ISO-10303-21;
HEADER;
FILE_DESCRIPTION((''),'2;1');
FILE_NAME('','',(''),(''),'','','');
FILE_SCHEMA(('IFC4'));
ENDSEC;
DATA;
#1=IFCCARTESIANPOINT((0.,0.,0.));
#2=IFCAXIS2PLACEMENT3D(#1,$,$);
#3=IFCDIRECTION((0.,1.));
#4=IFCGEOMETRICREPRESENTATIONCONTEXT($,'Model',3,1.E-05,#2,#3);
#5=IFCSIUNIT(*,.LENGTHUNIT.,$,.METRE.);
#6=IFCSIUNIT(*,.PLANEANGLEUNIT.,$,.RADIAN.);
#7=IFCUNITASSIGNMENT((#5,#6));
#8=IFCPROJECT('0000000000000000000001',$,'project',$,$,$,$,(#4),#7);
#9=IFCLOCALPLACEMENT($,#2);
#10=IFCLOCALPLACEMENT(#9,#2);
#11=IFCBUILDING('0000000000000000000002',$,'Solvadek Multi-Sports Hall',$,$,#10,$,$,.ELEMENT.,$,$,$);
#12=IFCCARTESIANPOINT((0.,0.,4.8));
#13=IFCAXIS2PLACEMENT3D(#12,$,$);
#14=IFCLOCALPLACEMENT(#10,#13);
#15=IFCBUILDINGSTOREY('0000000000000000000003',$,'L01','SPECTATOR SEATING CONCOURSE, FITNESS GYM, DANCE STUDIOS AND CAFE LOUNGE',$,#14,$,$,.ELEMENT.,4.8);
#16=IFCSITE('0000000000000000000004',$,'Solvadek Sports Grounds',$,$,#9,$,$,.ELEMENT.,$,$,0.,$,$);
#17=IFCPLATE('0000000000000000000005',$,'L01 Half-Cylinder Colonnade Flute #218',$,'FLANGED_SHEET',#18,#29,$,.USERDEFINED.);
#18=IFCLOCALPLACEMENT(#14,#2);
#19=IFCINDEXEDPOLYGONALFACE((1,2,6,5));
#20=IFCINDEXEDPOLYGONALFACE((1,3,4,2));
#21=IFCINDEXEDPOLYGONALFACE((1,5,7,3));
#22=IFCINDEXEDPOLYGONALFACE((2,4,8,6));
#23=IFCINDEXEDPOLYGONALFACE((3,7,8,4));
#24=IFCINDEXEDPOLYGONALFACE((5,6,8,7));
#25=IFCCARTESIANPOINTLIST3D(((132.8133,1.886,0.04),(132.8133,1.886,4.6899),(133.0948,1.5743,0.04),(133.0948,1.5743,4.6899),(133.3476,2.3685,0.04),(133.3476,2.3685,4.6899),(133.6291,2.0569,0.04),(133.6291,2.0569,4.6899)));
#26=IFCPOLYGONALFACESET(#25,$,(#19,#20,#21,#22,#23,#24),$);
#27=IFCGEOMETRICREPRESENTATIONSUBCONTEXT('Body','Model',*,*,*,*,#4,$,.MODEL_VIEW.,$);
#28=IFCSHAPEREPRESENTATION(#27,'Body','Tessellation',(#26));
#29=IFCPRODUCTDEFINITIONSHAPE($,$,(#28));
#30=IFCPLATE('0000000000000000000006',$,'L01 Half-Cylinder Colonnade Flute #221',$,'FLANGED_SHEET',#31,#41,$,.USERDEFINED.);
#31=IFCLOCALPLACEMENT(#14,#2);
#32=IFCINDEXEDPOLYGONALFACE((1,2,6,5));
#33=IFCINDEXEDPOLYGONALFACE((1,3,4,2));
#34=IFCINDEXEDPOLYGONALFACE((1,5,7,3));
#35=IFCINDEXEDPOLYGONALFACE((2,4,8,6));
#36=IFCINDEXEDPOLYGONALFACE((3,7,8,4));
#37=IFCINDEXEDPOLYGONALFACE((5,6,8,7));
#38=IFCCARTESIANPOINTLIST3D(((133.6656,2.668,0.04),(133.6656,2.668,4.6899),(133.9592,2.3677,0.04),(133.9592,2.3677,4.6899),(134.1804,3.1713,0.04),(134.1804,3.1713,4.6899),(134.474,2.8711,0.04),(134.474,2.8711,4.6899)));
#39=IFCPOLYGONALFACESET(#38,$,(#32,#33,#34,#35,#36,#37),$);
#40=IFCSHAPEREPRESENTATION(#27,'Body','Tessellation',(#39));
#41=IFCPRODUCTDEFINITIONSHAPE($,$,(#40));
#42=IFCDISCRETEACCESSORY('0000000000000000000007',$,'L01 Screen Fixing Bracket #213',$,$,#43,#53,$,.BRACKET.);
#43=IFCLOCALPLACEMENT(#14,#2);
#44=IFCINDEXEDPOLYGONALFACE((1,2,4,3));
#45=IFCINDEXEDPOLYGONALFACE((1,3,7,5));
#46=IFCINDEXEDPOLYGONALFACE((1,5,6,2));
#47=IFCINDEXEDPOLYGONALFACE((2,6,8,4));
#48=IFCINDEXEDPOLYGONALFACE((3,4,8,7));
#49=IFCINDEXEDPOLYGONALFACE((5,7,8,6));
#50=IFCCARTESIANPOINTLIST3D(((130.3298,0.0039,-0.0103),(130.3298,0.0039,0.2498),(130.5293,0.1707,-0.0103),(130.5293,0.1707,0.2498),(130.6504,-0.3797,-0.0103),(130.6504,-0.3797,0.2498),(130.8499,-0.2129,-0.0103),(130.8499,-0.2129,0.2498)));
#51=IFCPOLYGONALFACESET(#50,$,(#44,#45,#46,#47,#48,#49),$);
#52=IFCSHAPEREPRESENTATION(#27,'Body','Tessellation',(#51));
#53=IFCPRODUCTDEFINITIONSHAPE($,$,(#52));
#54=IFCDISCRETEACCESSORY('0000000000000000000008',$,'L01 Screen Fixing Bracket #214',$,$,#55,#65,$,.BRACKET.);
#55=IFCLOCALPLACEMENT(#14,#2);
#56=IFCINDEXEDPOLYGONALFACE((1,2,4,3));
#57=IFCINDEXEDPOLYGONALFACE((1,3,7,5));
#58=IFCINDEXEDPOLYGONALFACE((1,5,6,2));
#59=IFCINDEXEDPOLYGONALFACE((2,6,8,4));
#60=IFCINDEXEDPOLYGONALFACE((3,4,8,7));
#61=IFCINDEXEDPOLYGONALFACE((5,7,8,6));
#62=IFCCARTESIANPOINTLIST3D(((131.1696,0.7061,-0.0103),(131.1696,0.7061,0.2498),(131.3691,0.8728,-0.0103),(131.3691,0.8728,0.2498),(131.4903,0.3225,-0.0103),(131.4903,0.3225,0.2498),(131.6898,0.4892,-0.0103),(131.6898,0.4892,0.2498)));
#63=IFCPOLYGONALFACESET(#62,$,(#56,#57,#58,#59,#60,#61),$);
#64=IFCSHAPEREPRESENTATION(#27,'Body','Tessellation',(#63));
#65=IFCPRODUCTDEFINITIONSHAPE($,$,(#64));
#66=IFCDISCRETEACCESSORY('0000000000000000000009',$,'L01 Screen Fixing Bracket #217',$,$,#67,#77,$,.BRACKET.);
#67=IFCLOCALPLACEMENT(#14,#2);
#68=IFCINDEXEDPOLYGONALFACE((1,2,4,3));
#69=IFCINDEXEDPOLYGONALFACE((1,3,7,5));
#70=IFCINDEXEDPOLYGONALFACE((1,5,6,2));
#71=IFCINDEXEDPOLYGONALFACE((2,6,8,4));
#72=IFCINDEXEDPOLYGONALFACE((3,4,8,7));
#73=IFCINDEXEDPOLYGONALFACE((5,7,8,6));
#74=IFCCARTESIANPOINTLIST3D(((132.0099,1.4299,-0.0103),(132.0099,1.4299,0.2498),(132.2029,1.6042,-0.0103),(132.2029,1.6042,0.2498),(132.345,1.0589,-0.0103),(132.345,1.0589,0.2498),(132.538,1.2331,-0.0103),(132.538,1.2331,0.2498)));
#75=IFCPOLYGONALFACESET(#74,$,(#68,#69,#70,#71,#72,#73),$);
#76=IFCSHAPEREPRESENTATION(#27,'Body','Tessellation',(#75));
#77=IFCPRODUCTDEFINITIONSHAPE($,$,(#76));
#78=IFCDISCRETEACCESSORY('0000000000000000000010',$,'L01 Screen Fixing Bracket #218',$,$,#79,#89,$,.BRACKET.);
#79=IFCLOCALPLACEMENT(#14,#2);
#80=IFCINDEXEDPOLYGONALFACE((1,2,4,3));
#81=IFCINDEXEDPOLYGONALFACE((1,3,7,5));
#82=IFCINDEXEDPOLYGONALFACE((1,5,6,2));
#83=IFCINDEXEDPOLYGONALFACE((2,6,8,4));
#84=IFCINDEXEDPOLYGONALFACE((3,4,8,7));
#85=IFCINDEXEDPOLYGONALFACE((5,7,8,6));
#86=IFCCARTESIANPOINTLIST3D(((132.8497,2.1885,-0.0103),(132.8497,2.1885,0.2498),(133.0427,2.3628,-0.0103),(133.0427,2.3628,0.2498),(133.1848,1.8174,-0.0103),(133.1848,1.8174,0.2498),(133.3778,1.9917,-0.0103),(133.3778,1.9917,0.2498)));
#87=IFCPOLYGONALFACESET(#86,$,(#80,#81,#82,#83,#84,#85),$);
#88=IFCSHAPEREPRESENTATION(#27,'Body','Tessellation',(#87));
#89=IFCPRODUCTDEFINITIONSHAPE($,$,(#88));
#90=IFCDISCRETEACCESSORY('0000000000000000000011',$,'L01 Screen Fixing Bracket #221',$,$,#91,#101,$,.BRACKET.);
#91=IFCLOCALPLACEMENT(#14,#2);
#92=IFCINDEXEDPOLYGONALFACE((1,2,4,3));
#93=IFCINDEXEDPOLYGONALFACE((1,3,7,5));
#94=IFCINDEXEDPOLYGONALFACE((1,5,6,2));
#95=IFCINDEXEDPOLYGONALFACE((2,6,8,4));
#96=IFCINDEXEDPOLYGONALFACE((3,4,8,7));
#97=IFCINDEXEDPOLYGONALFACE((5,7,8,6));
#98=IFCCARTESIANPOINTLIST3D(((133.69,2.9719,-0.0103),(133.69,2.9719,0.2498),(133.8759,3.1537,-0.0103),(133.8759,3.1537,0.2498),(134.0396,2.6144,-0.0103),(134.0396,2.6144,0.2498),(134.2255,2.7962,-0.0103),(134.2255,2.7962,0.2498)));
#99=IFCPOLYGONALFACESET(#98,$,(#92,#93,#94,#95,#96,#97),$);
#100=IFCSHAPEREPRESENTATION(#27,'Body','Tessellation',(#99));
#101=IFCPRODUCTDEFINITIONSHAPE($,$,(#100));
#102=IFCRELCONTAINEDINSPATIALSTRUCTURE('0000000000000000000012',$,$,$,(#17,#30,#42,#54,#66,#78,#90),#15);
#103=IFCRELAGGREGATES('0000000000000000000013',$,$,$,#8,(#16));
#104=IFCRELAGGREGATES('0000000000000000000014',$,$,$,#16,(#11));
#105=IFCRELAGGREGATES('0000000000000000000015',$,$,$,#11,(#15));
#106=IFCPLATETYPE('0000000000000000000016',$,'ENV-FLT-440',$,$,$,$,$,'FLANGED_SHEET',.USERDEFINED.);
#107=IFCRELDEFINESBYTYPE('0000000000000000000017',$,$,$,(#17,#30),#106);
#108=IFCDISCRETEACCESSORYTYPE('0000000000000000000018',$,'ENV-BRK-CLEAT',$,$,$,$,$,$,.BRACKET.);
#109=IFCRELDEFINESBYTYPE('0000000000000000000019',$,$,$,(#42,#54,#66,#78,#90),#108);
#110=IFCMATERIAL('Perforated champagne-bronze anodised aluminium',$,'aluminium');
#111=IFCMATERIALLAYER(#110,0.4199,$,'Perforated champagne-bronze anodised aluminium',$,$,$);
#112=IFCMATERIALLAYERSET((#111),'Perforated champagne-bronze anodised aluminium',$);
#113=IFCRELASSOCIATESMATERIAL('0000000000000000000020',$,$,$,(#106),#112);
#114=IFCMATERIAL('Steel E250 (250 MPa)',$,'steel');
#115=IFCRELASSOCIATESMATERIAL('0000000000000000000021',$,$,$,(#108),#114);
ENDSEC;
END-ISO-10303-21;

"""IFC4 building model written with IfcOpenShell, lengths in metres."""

from ifc_helpers import new_model, si_unit, direction, frame, origin, origin_2d, place, context, subcontext, project, spatial, rectangle, extrude, material, layer, layer_set, type_object, element, save


model = new_model("IFC4")

# Units and contexts
model_context = context("Model", 3, precision=1e-05, world=origin(), true_north=direction((0.0, 1.0)))
body_context = subcontext(model_context, "Body", "Model", "MODEL_VIEW")
ifc_project = project(units=[si_unit("LENGTHUNIT", "METRE"), si_unit("PLANEANGLEUNIT", "RADIAN")], contexts=[model_context])

# Site, building, storey
site_placement = place(None, origin())
site = spatial("IfcSite", under=ifc_project, at=site_placement, Name="Solvadek Sports Grounds", CompositionType="ELEMENT", RefElevation=0.0)
building_placement = place(site_placement, origin())
building = spatial("IfcBuilding", under=site, at=building_placement, Name="Solvadek Multi-Sports Hall", CompositionType="ELEMENT")
storey_placement = place(building_placement, frame((0.0, 0.0, 4.8)))
storey = spatial("IfcBuildingStorey", under=building, at=storey_placement, Name="L01", Description="SPECTATOR SEATING CONCOURSE, FITNESS GYM, DANCE STUDIOS AND CAFE LOUNGE", CompositionType="ELEMENT", Elevation=4.8)

# Shared definitions
ifc_material_1 = material(Name="Steel E250 (250 MPa)", Category="steel")

# Plates
ifc_material_2 = material(Name="Perforated champagne-bronze anodised aluminium", Category="aluminium")
ifc_layer_1 = layer(ifc_material_2, 0.4199, Name="Perforated champagne-bronze anodised aluminium")
ifc_layer_set_1 = layer_set([ifc_layer_1], Name="Perforated champagne-bronze anodised aluminium")
plate_type_1 = type_object("IfcPlateType", Name="ENV-FLT-440", ElementType="FLANGED_SHEET", PredefinedType="USERDEFINED", material=ifc_layer_set_1)
for number, where, z_axis, x_axis, name in (
    (1, (133.2212, 1.9714, 0.04), (0.0, 0.0, 1.0), (0.742151, 0.670233, 0.0), "L01 Half-Cylinder Colonnade Flute #218"),
    (2, (134.0698, 2.7695, 0.04), (0.0, 0.0, 1.0), (0.715, 0.699125, 0.0), "L01 Half-Cylinder Colonnade Flute #221"),
):
    element("IfcPlate", number, at=place(storey_placement, frame(where, z_axis=z_axis, x_axis=x_axis)), inside=storey, type_object=plate_type_1, Name=name, ObjectType="FLANGED_SHEET", PredefinedType="USERDEFINED", context=body_context, shape_type="SweptSolid", body=[
        extrude(rectangle(XDim=0.72, YDim=0.4199, at=origin_2d()), origin(), (0.0, 0.0, 1.0), 4.6499),
    ])

# Discrete accessories
discrete_accessory_type = type_object("IfcDiscreteAccessoryType", Name="ENV-BRK-CLEAT", PredefinedType="BRACKET", material=ifc_material_1)
for number, where, z_axis, x_axis, name in (
    (3, (130.5898, -0.1045, -0.0103), (0.0, 0.0, 1.0), (0.767255, 0.641343, 0.0), "L01 Screen Fixing Bracket #213"),
    (4, (131.4297, 0.5977, -0.0103), (0.0, 0.0, 1.0), (0.767255, 0.641343, 0.0), "L01 Screen Fixing Bracket #214"),
    (5, (132.2739, 1.3315, -0.0103), (0.0, 0.0, 1.0), (0.742151, 0.670233, 0.0), "L01 Screen Fixing Bracket #217"),
    (6, (133.1138, 2.0901, -0.0103), (0.0, 0.0, 1.0), (0.742151, 0.670233, 0.0), "L01 Screen Fixing Bracket #218"),
    (7, (133.9578, 2.884, -0.0103), (0.0, 0.0, 1.0), (0.715, 0.699125, 0.0), "L01 Screen Fixing Bracket #221"),
):
    element("IfcDiscreteAccessory", number, at=place(storey_placement, frame(where, z_axis=z_axis, x_axis=x_axis)), inside=storey, type_object=discrete_accessory_type, Name=name, PredefinedType="BRACKET", context=body_context, shape_type="SweptSolid", body=[
        extrude(rectangle(XDim=0.26, YDim=0.5, at=origin_2d()), origin(), (0.0, 0.0, 1.0), 0.26),
    ])

save(model, "model.ifc")
